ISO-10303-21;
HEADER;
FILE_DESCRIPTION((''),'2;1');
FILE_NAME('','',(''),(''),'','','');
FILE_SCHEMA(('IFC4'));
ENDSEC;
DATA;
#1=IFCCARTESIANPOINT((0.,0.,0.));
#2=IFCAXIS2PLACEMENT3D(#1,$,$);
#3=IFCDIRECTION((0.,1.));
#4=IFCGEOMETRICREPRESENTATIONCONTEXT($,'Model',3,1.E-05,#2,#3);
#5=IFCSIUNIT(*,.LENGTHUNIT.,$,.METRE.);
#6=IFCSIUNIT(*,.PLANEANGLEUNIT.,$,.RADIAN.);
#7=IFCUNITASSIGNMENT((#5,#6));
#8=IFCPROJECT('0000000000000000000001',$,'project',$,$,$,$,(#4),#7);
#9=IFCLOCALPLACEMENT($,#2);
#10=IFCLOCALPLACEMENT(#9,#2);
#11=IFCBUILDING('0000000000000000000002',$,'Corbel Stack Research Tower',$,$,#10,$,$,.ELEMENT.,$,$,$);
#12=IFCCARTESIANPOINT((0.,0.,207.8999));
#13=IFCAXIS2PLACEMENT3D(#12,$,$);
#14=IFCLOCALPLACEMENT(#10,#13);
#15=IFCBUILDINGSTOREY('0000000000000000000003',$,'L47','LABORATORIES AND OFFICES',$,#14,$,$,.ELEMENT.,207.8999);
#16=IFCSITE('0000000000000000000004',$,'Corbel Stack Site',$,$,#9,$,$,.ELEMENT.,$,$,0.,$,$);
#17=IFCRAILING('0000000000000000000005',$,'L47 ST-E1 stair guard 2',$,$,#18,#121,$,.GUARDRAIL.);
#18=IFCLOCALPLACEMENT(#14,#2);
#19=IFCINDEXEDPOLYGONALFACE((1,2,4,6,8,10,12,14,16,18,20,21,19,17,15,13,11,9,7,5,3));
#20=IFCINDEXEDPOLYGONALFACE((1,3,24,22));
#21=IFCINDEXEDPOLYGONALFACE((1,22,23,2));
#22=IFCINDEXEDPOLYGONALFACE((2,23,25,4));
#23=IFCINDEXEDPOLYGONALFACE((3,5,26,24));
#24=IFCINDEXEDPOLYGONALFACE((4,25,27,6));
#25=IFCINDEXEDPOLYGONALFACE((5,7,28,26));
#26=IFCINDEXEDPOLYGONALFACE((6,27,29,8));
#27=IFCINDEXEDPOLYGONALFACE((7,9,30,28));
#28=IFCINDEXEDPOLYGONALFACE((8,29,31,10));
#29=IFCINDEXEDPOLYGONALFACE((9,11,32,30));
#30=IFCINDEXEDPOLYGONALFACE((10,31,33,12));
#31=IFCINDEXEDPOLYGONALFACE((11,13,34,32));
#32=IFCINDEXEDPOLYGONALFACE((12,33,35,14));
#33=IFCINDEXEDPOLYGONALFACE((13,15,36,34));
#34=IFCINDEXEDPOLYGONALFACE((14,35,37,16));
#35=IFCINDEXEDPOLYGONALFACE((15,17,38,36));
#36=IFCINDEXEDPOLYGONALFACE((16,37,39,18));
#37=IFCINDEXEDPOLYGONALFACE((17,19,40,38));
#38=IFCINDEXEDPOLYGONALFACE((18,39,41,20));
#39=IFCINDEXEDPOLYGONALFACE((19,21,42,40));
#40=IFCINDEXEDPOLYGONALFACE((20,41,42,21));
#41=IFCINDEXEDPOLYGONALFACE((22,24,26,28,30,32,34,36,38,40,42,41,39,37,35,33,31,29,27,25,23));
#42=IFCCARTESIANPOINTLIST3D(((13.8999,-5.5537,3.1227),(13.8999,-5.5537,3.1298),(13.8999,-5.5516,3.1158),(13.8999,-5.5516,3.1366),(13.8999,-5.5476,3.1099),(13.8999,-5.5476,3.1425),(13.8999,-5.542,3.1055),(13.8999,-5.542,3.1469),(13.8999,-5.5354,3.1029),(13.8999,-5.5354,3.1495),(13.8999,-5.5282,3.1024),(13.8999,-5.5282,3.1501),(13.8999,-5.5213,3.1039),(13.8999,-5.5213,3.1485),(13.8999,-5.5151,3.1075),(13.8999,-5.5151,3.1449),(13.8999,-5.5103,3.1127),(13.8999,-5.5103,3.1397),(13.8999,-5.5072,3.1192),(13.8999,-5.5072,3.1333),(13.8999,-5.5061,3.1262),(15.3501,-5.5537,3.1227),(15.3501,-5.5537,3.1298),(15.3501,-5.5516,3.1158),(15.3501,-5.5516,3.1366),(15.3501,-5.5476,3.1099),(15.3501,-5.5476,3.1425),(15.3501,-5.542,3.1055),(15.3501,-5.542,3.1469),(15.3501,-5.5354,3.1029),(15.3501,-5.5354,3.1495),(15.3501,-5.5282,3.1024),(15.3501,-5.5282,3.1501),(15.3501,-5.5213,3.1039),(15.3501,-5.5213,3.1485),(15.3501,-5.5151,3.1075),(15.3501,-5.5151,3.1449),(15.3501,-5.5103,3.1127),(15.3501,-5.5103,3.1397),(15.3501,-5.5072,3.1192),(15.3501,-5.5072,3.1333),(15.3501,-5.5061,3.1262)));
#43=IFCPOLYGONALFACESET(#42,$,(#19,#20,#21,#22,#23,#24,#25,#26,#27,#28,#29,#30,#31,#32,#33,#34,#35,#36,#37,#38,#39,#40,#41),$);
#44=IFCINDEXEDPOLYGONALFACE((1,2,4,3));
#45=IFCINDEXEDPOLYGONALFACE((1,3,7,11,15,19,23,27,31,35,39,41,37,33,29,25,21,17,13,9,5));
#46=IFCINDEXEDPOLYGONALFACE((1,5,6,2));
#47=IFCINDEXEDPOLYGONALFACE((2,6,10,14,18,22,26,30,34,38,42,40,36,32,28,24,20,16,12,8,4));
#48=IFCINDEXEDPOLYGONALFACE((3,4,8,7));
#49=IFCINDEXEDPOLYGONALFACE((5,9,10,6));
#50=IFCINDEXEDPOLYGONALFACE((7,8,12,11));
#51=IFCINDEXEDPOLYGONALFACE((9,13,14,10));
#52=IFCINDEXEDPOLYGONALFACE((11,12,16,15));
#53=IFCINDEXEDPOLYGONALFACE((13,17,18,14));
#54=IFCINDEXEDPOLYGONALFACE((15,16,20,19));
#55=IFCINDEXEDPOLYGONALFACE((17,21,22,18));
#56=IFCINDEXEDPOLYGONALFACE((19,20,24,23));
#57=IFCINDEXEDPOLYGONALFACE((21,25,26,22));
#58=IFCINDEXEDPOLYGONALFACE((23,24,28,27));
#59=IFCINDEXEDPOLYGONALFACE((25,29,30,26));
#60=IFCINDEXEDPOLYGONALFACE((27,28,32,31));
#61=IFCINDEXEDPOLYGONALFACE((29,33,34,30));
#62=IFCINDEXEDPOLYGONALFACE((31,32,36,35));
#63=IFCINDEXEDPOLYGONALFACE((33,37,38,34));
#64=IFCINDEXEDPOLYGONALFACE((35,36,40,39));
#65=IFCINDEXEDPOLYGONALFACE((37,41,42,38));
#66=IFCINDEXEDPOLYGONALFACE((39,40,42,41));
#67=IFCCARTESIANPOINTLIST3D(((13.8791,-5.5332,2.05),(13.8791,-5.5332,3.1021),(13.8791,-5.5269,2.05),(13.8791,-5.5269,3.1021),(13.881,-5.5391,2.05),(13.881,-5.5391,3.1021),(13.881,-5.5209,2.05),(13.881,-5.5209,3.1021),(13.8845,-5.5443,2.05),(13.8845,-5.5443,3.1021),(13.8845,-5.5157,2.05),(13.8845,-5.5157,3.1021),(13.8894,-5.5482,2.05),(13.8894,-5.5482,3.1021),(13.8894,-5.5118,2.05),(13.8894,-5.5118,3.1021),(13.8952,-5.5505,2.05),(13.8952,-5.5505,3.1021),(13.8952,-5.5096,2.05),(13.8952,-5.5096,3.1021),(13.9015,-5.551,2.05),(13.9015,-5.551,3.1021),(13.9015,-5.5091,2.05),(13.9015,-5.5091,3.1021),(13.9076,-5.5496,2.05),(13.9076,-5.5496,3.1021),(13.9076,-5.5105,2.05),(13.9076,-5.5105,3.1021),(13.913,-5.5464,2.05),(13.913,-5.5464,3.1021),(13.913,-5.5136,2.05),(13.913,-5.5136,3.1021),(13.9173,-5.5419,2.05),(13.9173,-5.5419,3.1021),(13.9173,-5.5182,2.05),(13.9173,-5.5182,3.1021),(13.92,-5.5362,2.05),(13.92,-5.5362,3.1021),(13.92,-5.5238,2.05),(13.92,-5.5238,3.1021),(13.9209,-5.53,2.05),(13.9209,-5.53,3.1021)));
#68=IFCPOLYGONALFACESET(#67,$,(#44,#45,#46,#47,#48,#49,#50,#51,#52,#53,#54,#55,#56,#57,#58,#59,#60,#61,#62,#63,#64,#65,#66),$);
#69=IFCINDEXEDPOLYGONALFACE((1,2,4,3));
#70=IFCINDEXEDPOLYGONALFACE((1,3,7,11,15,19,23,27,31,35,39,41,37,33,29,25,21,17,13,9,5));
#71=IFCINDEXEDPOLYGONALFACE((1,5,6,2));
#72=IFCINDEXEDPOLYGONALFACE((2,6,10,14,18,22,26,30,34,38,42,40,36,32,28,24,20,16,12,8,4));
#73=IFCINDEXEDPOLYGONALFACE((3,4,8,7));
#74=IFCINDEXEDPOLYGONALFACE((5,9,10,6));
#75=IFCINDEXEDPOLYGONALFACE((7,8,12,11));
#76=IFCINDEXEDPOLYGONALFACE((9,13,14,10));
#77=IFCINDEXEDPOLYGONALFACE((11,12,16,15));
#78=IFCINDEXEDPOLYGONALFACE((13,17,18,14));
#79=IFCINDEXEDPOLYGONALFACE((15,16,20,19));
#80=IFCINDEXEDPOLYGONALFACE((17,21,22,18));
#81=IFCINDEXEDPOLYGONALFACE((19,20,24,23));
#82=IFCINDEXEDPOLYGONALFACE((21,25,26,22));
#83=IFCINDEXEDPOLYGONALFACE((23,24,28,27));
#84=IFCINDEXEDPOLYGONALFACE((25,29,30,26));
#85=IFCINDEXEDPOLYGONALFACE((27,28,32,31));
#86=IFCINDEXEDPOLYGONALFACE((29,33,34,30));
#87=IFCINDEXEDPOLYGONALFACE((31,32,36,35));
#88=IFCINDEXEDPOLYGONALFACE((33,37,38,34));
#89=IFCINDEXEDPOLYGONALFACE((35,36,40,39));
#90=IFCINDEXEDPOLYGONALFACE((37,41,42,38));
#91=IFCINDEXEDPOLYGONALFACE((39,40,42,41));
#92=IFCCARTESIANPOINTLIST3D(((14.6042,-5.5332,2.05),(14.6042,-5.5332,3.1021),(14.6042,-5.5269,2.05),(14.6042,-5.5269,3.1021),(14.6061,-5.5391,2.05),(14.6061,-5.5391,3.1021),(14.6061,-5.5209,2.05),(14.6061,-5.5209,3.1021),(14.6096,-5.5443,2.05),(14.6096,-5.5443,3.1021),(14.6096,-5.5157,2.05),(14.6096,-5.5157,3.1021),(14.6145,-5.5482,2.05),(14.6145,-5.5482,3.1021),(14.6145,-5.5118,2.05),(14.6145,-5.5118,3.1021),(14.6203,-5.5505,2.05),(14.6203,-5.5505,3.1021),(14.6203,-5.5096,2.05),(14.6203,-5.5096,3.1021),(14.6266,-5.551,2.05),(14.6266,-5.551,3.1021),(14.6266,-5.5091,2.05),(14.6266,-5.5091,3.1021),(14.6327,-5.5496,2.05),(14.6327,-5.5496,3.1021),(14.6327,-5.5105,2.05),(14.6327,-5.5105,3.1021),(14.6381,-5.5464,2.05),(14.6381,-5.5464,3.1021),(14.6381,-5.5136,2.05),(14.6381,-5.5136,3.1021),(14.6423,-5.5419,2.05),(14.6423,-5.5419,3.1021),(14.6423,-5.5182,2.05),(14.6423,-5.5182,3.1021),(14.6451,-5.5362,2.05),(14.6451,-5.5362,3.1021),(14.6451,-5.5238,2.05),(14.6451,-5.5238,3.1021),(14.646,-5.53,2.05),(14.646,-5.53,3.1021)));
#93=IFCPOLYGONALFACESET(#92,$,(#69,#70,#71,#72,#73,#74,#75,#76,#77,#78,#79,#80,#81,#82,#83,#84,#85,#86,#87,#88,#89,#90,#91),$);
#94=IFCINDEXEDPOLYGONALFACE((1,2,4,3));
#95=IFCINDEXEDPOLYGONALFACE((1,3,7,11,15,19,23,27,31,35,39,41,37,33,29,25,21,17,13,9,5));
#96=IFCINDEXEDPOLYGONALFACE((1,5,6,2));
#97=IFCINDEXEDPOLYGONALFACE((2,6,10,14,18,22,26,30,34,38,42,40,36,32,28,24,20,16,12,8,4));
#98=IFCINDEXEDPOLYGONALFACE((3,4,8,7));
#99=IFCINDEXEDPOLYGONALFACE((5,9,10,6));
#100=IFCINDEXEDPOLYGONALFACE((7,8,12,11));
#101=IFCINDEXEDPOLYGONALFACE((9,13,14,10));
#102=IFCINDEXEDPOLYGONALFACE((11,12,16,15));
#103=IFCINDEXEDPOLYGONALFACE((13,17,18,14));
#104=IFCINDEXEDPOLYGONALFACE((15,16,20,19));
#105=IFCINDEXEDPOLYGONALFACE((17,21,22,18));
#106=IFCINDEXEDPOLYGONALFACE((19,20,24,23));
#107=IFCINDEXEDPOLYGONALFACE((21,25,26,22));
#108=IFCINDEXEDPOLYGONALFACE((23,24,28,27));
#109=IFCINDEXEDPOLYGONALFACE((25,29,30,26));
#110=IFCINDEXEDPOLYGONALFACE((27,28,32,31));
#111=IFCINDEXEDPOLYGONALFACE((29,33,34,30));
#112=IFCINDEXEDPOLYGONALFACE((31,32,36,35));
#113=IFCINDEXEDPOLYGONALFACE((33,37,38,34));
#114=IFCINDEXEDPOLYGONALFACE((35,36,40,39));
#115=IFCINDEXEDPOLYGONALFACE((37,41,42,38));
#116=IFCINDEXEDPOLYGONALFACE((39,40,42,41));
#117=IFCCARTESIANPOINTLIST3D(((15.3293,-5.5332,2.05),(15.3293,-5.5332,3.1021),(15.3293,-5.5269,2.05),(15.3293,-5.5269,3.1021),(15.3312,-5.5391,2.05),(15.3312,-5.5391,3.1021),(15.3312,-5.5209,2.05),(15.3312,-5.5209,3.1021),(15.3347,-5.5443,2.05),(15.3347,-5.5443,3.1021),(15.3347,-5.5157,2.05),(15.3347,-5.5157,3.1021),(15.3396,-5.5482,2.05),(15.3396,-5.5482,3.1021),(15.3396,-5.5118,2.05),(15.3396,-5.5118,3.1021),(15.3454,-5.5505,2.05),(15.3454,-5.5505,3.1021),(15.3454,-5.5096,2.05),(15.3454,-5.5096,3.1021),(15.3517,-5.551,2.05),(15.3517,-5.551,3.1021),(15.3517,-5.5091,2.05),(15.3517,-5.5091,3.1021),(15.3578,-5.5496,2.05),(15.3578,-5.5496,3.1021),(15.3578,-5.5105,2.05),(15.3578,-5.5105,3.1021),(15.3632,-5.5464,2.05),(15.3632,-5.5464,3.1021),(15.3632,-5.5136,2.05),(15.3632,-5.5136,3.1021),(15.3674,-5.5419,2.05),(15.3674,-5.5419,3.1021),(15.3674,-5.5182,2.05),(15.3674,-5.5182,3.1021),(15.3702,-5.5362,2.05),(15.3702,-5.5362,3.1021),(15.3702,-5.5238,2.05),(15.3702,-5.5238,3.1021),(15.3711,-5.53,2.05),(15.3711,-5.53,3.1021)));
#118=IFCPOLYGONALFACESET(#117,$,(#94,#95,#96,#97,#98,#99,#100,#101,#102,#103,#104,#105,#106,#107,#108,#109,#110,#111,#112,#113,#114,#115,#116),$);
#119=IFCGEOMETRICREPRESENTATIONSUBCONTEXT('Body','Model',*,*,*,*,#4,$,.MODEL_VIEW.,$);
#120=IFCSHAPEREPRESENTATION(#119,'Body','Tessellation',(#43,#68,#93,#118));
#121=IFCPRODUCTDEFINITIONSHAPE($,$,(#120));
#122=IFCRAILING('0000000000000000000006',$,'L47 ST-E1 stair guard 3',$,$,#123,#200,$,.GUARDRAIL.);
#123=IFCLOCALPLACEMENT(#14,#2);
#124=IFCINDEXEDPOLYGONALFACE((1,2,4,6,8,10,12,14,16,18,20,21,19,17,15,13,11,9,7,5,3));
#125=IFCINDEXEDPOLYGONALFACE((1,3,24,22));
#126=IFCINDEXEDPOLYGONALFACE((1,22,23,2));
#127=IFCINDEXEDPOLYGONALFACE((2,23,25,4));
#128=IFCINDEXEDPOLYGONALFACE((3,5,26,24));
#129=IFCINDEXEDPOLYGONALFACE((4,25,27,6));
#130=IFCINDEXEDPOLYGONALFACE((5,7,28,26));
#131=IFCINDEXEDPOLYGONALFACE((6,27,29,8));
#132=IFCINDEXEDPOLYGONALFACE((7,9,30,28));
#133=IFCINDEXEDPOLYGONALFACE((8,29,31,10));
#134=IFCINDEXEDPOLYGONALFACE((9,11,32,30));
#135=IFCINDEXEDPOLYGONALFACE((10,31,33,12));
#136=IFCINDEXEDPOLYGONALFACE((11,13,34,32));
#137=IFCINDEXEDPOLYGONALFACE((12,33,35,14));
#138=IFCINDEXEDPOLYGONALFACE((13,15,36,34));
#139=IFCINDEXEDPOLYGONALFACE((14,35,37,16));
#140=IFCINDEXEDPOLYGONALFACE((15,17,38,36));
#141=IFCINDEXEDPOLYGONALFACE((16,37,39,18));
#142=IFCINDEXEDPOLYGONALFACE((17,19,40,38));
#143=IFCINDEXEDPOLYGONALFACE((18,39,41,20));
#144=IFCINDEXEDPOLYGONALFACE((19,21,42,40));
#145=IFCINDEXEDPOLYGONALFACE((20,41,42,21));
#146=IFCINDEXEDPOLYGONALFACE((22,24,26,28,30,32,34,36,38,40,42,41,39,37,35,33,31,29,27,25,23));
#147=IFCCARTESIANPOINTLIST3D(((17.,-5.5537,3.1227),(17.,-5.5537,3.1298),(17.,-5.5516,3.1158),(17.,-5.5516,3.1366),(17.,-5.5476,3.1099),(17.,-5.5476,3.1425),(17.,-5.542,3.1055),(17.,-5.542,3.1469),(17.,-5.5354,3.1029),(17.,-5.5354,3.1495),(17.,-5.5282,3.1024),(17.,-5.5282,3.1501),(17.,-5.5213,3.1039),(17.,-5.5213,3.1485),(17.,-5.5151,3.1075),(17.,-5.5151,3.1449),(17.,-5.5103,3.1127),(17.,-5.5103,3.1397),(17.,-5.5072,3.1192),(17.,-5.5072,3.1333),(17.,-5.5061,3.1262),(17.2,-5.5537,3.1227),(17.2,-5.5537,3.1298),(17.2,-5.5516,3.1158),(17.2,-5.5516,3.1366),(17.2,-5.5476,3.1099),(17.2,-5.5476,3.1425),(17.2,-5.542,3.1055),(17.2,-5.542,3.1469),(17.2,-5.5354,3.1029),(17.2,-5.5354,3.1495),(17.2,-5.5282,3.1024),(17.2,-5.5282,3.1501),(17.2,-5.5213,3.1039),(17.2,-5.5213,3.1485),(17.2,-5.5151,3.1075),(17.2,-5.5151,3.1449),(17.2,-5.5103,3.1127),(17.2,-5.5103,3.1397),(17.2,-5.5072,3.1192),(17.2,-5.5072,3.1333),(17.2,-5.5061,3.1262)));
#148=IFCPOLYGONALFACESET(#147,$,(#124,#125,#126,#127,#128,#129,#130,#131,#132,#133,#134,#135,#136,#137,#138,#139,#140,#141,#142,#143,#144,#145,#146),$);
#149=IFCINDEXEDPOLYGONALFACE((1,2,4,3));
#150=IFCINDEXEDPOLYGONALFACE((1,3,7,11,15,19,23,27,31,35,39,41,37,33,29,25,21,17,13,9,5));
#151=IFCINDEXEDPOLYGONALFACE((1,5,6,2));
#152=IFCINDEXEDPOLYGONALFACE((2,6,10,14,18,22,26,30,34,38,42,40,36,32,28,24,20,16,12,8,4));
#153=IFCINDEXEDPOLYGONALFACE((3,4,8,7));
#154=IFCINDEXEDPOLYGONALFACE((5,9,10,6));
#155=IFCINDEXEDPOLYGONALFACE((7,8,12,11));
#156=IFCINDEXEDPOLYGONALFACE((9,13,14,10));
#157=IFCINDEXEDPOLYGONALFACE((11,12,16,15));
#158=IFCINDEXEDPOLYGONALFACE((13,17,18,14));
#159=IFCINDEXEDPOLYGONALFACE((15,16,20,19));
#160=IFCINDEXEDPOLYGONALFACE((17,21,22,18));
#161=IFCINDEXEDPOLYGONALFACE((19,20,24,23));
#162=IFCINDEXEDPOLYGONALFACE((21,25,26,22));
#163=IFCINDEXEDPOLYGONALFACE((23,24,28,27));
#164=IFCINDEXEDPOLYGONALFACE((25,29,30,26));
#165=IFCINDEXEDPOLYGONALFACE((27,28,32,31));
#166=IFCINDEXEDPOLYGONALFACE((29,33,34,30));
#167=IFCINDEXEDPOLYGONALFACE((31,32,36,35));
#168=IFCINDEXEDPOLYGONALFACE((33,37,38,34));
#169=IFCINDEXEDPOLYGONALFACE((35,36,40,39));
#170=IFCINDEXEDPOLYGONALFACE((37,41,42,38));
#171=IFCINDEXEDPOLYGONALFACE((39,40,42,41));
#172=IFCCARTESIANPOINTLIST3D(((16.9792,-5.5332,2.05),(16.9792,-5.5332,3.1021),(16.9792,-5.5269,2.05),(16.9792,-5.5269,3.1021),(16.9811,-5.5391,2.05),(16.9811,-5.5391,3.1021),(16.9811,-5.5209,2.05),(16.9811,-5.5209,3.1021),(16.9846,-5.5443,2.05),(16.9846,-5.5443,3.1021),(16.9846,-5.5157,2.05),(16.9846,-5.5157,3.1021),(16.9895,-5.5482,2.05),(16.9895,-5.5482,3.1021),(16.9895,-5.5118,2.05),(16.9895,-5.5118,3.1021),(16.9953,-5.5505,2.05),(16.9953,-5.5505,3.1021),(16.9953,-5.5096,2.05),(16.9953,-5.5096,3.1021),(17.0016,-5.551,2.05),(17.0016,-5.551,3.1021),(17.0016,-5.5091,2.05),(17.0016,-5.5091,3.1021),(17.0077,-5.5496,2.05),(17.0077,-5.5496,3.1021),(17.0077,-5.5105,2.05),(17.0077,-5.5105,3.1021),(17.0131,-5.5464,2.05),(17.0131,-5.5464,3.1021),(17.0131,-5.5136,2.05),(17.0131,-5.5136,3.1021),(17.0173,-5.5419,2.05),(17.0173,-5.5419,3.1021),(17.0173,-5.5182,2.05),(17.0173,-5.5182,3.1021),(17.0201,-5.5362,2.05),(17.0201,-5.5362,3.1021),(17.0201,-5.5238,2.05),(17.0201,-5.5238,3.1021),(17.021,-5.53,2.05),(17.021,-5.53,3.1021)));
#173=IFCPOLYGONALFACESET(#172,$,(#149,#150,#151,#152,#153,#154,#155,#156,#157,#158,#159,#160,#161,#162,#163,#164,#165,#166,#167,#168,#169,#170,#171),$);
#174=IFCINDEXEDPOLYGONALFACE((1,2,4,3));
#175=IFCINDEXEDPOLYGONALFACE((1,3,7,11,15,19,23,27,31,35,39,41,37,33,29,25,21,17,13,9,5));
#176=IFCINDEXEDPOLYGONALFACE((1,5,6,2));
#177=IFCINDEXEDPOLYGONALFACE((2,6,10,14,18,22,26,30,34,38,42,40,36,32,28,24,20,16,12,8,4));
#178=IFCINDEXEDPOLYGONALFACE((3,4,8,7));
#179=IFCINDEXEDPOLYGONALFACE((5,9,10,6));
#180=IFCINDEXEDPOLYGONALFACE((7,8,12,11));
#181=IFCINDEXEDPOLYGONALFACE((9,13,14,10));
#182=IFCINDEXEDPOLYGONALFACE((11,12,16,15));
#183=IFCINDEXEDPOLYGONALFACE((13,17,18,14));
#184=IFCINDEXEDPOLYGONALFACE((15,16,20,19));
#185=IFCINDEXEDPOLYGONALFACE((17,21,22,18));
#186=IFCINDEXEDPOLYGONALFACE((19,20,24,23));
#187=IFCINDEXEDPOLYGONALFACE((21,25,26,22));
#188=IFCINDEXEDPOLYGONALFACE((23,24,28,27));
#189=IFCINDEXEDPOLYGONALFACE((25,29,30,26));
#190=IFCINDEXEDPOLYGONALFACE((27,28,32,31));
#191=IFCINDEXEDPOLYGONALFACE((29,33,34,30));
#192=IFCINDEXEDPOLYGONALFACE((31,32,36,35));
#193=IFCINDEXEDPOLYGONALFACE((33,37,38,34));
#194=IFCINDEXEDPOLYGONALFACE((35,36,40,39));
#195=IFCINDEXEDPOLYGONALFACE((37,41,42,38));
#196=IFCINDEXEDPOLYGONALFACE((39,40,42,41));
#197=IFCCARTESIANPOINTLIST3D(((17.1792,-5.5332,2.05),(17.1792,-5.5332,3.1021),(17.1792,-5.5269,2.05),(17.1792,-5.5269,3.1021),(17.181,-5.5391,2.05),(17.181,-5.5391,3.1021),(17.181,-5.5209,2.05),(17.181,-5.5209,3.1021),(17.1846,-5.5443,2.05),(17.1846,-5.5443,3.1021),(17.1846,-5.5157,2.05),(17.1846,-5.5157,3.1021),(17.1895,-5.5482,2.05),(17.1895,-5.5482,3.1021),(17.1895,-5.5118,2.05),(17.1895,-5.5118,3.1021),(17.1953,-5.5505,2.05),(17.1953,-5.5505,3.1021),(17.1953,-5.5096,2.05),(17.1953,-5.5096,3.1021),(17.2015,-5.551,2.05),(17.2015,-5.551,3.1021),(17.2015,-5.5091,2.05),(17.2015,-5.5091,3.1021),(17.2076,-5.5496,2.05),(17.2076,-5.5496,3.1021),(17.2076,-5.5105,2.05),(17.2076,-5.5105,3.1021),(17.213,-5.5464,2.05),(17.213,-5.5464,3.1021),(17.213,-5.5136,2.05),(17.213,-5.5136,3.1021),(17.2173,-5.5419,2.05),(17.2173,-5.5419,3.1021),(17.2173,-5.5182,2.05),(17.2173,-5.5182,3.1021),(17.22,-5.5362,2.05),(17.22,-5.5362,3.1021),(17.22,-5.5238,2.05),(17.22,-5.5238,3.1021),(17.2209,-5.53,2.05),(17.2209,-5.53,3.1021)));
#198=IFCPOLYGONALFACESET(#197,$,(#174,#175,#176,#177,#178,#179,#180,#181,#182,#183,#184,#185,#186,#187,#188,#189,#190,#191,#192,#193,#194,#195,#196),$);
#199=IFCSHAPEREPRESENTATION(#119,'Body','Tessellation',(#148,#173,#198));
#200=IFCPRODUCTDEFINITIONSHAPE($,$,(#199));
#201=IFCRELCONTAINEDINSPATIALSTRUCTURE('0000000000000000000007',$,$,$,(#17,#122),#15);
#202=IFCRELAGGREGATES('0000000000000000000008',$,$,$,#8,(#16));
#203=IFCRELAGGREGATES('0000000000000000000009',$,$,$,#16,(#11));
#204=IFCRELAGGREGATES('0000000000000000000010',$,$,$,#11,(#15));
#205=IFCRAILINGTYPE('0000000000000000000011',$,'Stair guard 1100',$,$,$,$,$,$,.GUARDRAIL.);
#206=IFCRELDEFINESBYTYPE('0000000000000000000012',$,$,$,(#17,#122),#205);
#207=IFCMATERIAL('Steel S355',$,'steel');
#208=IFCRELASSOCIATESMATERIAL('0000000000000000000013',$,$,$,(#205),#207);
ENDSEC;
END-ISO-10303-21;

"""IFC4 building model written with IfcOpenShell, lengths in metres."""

from ifc_helpers import new_model, si_unit, direction, frame, origin, origin_2d, place, context, subcontext, project, spatial, circle, extrude, material, type_object, element, save


model = new_model("IFC4")

# Units and contexts
model_context = context("Model", 3, precision=1e-05, world=origin(), true_north=direction((0.0, 1.0)))
body_context = subcontext(model_context, "Body", "Model", "MODEL_VIEW")
ifc_project = project(units=[si_unit("LENGTHUNIT", "METRE"), si_unit("PLANEANGLEUNIT", "RADIAN")], contexts=[model_context])

# Site, building, storey
site_placement = place(None, origin())
site = spatial("IfcSite", under=ifc_project, at=site_placement, Name="Corbel Stack Site", CompositionType="ELEMENT", RefElevation=0.0)
building_placement = place(site_placement, origin())
building = spatial("IfcBuilding", under=site, at=building_placement, Name="Corbel Stack Research Tower", CompositionType="ELEMENT")
storey_placement = place(building_placement, frame((0.0, 0.0, 207.8999)))
storey = spatial("IfcBuildingStorey", under=building, at=storey_placement, Name="L47", Description="LABORATORIES AND OFFICES", CompositionType="ELEMENT", Elevation=207.8999)

# Railings
ifc_material_1 = material(Name="Steel S355", Category="steel")
railing_type_1 = type_object("IfcRailingType", Name="Stair guard 1100", PredefinedType="GUARDRAIL", material=ifc_material_1)
railing_1_placement = place(storey_placement, frame((13.8999, -5.53, 2.05)))
element("IfcRailing", 1, at=railing_1_placement, inside=storey, type_object=railing_type_1, Name="L47 ST-E1 stair guard 2", PredefinedType="GUARDRAIL", context=body_context, shape_type="SweptSolid", body=[
    extrude(circle(Radius=0.0239, at=origin_2d()), frame((0.0, 0.0, 1.0762), z_axis=(1.0, 0.0, 0.0), x_axis=(0.0, 1.0, 0.0)), (0.0, 0.0, 1.0), 1.4502),
    extrude(circle(Radius=0.021, at=origin_2d()), origin(), (0.0, 0.0, 1.0), 1.052),
    extrude(circle(Radius=0.021, at=origin_2d()), frame((0.7251, 0.0, 0.0)), (0.0, 0.0, 1.0), 1.052),
    extrude(circle(Radius=0.021, at=origin_2d()), frame((1.4502, 0.0, 0.0)), (0.0, 0.0, 1.0), 1.052),
])
railing_2_placement = place(storey_placement, frame((17.0, -5.53, 2.05)))
element("IfcRailing", 2, at=railing_2_placement, inside=storey, type_object=railing_type_1, Name="L47 ST-E1 stair guard 3", PredefinedType="GUARDRAIL", context=body_context, shape_type="SweptSolid", body=[
    extrude(circle(Radius=0.0239, at=origin_2d()), frame((0.0, 0.0, 1.0762), z_axis=(1.0, 0.0, 0.0), x_axis=(0.0, 1.0, 0.0)), (0.0, 0.0, 1.0), 0.2),
    extrude(circle(Radius=0.021, at=origin_2d()), origin(), (0.0, 0.0, 1.0), 1.052),
    extrude(circle(Radius=0.021, at=origin_2d()), frame((0.2, 0.0, 0.0)), (0.0, 0.0, 1.0), 1.052),
])

save(model, "model.ifc")
